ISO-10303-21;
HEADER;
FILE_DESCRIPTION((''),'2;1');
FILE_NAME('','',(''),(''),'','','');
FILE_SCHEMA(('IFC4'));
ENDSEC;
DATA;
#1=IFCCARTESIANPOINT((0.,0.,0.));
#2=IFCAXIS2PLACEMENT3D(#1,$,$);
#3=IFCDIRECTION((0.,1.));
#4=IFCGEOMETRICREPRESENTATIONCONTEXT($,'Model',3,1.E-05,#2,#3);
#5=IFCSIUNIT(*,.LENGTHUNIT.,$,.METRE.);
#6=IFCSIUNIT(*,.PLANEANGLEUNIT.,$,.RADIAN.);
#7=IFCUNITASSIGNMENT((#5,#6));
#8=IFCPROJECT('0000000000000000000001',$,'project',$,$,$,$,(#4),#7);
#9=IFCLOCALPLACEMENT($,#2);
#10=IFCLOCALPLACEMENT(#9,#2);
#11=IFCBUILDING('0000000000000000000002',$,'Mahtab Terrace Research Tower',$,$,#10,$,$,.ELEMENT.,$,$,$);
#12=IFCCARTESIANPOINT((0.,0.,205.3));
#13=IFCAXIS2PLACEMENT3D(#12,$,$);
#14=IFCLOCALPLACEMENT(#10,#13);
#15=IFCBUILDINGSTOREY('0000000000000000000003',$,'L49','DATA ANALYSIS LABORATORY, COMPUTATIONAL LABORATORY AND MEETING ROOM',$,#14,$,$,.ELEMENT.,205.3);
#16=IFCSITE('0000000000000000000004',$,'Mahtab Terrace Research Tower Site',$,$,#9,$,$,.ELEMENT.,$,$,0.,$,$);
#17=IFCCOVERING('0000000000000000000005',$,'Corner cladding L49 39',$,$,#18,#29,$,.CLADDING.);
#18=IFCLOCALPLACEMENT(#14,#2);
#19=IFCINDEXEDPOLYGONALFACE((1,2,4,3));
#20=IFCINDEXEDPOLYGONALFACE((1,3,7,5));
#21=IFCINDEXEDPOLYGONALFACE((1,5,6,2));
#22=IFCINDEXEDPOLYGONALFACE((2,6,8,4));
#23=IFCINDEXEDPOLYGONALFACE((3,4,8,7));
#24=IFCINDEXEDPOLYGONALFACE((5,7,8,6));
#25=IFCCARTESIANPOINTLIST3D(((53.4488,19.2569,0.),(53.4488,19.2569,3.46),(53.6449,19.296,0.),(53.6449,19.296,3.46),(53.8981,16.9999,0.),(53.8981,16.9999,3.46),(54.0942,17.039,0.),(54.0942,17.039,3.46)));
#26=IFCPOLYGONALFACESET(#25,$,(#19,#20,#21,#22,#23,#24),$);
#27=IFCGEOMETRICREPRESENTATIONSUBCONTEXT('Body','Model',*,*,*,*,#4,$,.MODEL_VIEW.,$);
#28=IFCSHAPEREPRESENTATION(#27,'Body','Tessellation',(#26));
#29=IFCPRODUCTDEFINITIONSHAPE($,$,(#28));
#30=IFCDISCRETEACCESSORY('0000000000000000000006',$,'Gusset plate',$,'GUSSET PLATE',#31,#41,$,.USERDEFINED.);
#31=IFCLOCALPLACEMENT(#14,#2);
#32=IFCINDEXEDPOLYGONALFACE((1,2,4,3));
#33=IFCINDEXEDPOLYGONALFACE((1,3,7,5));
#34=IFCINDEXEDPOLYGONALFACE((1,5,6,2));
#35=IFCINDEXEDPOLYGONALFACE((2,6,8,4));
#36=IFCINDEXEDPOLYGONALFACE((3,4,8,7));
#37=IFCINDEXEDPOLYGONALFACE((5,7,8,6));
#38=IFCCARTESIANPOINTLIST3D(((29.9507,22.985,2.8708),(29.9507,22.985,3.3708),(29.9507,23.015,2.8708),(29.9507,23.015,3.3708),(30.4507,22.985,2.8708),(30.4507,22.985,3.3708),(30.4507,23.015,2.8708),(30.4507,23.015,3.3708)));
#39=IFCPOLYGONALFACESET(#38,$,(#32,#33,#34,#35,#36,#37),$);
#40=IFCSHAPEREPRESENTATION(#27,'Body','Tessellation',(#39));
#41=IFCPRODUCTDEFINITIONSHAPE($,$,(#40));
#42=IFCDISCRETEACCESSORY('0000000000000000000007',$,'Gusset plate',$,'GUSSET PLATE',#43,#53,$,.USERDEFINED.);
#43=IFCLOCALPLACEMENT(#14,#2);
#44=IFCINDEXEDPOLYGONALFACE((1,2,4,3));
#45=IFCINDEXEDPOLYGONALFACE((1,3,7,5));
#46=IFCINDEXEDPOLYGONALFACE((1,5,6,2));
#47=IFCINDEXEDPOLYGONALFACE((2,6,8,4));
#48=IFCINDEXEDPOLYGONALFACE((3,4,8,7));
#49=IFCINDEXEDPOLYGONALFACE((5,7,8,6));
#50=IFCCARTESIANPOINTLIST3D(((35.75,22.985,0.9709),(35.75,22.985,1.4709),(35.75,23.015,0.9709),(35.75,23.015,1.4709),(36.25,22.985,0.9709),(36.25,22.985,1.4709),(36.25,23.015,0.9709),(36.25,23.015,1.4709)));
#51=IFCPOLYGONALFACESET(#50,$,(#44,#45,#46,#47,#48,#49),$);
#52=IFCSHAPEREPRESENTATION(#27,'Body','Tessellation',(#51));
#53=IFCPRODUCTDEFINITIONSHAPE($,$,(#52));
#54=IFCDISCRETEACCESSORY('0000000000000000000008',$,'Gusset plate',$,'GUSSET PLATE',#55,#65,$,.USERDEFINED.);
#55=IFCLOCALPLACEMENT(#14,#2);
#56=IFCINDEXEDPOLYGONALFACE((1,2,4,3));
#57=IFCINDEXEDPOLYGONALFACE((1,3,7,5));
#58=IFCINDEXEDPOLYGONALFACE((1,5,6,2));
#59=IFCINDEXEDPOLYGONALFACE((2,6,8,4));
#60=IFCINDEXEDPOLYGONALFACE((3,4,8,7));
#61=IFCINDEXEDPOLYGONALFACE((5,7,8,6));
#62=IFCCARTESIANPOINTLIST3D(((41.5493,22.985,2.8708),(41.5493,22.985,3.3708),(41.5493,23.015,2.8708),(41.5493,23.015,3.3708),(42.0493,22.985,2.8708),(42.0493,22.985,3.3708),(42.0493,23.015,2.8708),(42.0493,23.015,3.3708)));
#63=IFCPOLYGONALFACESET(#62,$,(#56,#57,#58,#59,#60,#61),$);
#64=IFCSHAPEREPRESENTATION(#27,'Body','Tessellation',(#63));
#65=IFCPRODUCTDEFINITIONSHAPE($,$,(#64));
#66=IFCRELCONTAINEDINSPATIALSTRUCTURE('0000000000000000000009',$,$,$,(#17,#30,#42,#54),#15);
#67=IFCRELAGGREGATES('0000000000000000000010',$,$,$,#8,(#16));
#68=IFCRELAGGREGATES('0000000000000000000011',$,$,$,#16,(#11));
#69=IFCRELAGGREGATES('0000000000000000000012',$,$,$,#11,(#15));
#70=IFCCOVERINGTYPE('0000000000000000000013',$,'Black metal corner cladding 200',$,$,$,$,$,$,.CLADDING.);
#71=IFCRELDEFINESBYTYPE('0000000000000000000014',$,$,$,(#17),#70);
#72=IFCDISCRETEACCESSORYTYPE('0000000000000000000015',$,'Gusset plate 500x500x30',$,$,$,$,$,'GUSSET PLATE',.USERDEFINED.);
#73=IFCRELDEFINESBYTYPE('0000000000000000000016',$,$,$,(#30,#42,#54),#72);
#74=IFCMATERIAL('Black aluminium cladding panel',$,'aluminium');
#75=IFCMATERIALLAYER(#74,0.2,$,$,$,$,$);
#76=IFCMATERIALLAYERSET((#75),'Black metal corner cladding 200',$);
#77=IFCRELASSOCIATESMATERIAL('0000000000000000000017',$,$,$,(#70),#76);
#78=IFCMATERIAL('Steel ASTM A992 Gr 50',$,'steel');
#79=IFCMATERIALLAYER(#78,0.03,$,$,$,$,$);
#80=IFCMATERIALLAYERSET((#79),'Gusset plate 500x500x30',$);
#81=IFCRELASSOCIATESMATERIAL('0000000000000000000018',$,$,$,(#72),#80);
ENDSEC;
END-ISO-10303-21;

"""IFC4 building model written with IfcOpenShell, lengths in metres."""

from ifc_helpers import new_model, si_unit, direction, frame, origin, origin_2d, place, context, subcontext, project, spatial, rectangle, extrude, material, layer, layer_set, type_object, element, save


model = new_model("IFC4")

# Units and contexts
model_context = context("Model", 3, precision=1e-05, world=origin(), true_north=direction((0.0, 1.0)))
body_context = subcontext(model_context, "Body", "Model", "MODEL_VIEW")
ifc_project = project(units=[si_unit("LENGTHUNIT", "METRE"), si_unit("PLANEANGLEUNIT", "RADIAN")], contexts=[model_context])

# Site, building, storey
site_placement = place(None, origin())
site = spatial("IfcSite", under=ifc_project, at=site_placement, Name="Mahtab Terrace Research Tower Site", CompositionType="ELEMENT", RefElevation=0.0)
building_placement = place(site_placement, origin())
building = spatial("IfcBuilding", under=site, at=building_placement, Name="Mahtab Terrace Research Tower", CompositionType="ELEMENT")
storey_placement = place(building_placement, frame((0.0, 0.0, 205.3)))
storey = spatial("IfcBuildingStorey", under=building, at=storey_placement, Name="L49", Description="DATA ANALYSIS LABORATORY, COMPUTATIONAL LABORATORY AND MEETING ROOM", CompositionType="ELEMENT", Elevation=205.3)

# Shared definitions
ifc_material_1 = material(Name="Steel ASTM A992 Gr 50", Category="steel")

# Shared definitions
ifc_material_2 = material(Name="Black aluminium cladding panel", Category="aluminium")

# Covering
ifc_layer_1 = layer(ifc_material_2, 0.2)
ifc_layer_set_1 = layer_set([ifc_layer_1], Name="Black metal corner cladding 200")
covering_type = type_object("IfcCoveringType", Name="Black metal corner cladding 200", PredefinedType="CLADDING", material=ifc_layer_set_1)
for number, where, z_axis, x_axis, name in (
    (1, (53.7715, 18.1479, 0.0), (0.0, 0.0, 1.0), (-0.195212, 0.980761, 0.0), "Corner cladding L49 39"),
):
    element("IfcCovering", number, at=place(storey_placement, frame(where, z_axis=z_axis, x_axis=x_axis)), inside=storey, type_object=covering_type, Name=name, PredefinedType="CLADDING", context=body_context, shape_type="SweptSolid", body=[
        extrude(rectangle(XDim=2.3013, YDim=0.2, at=origin_2d()), origin(), (0.0, 0.0, 1.0), 3.46),
    ])

# Discrete accessories
ifc_layer_2 = layer(ifc_material_1, 0.03)
ifc_layer_set_2 = layer_set([ifc_layer_2], Name="Gusset plate 500x500x30")
discrete_accessory_type = type_object("IfcDiscreteAccessoryType", Name="Gusset plate 500x500x30", ElementType="GUSSET PLATE", PredefinedType="USERDEFINED", material=ifc_layer_set_2)
for number, where, z_axis, x_axis, name in (
    (2, (30.2007, 23.0, 2.8708), (0.0, 0.0, 1.0), (1.0, 0.0, 0.0), "Gusset plate"),
    (3, (36.0, 23.0, 0.9709), (0.0, 0.0, 1.0), (1.0, 0.0, 0.0), "Gusset plate"),
    (4, (41.7993, 23.0, 2.8708), (0.0, 0.0, 1.0), (1.0, 0.0, 0.0), "Gusset plate"),
):
    element("IfcDiscreteAccessory", number, at=place(storey_placement, frame(where, z_axis=z_axis, x_axis=x_axis)), inside=storey, type_object=discrete_accessory_type, Name=name, ObjectType="GUSSET PLATE", PredefinedType="USERDEFINED", context=body_context, shape_type="SweptSolid", body=[
        extrude(rectangle(XDim=0.5, YDim=0.03, at=origin_2d()), origin(), (0.0, 0.0, 1.0), 0.5),
    ])

save(model, "model.ifc")
